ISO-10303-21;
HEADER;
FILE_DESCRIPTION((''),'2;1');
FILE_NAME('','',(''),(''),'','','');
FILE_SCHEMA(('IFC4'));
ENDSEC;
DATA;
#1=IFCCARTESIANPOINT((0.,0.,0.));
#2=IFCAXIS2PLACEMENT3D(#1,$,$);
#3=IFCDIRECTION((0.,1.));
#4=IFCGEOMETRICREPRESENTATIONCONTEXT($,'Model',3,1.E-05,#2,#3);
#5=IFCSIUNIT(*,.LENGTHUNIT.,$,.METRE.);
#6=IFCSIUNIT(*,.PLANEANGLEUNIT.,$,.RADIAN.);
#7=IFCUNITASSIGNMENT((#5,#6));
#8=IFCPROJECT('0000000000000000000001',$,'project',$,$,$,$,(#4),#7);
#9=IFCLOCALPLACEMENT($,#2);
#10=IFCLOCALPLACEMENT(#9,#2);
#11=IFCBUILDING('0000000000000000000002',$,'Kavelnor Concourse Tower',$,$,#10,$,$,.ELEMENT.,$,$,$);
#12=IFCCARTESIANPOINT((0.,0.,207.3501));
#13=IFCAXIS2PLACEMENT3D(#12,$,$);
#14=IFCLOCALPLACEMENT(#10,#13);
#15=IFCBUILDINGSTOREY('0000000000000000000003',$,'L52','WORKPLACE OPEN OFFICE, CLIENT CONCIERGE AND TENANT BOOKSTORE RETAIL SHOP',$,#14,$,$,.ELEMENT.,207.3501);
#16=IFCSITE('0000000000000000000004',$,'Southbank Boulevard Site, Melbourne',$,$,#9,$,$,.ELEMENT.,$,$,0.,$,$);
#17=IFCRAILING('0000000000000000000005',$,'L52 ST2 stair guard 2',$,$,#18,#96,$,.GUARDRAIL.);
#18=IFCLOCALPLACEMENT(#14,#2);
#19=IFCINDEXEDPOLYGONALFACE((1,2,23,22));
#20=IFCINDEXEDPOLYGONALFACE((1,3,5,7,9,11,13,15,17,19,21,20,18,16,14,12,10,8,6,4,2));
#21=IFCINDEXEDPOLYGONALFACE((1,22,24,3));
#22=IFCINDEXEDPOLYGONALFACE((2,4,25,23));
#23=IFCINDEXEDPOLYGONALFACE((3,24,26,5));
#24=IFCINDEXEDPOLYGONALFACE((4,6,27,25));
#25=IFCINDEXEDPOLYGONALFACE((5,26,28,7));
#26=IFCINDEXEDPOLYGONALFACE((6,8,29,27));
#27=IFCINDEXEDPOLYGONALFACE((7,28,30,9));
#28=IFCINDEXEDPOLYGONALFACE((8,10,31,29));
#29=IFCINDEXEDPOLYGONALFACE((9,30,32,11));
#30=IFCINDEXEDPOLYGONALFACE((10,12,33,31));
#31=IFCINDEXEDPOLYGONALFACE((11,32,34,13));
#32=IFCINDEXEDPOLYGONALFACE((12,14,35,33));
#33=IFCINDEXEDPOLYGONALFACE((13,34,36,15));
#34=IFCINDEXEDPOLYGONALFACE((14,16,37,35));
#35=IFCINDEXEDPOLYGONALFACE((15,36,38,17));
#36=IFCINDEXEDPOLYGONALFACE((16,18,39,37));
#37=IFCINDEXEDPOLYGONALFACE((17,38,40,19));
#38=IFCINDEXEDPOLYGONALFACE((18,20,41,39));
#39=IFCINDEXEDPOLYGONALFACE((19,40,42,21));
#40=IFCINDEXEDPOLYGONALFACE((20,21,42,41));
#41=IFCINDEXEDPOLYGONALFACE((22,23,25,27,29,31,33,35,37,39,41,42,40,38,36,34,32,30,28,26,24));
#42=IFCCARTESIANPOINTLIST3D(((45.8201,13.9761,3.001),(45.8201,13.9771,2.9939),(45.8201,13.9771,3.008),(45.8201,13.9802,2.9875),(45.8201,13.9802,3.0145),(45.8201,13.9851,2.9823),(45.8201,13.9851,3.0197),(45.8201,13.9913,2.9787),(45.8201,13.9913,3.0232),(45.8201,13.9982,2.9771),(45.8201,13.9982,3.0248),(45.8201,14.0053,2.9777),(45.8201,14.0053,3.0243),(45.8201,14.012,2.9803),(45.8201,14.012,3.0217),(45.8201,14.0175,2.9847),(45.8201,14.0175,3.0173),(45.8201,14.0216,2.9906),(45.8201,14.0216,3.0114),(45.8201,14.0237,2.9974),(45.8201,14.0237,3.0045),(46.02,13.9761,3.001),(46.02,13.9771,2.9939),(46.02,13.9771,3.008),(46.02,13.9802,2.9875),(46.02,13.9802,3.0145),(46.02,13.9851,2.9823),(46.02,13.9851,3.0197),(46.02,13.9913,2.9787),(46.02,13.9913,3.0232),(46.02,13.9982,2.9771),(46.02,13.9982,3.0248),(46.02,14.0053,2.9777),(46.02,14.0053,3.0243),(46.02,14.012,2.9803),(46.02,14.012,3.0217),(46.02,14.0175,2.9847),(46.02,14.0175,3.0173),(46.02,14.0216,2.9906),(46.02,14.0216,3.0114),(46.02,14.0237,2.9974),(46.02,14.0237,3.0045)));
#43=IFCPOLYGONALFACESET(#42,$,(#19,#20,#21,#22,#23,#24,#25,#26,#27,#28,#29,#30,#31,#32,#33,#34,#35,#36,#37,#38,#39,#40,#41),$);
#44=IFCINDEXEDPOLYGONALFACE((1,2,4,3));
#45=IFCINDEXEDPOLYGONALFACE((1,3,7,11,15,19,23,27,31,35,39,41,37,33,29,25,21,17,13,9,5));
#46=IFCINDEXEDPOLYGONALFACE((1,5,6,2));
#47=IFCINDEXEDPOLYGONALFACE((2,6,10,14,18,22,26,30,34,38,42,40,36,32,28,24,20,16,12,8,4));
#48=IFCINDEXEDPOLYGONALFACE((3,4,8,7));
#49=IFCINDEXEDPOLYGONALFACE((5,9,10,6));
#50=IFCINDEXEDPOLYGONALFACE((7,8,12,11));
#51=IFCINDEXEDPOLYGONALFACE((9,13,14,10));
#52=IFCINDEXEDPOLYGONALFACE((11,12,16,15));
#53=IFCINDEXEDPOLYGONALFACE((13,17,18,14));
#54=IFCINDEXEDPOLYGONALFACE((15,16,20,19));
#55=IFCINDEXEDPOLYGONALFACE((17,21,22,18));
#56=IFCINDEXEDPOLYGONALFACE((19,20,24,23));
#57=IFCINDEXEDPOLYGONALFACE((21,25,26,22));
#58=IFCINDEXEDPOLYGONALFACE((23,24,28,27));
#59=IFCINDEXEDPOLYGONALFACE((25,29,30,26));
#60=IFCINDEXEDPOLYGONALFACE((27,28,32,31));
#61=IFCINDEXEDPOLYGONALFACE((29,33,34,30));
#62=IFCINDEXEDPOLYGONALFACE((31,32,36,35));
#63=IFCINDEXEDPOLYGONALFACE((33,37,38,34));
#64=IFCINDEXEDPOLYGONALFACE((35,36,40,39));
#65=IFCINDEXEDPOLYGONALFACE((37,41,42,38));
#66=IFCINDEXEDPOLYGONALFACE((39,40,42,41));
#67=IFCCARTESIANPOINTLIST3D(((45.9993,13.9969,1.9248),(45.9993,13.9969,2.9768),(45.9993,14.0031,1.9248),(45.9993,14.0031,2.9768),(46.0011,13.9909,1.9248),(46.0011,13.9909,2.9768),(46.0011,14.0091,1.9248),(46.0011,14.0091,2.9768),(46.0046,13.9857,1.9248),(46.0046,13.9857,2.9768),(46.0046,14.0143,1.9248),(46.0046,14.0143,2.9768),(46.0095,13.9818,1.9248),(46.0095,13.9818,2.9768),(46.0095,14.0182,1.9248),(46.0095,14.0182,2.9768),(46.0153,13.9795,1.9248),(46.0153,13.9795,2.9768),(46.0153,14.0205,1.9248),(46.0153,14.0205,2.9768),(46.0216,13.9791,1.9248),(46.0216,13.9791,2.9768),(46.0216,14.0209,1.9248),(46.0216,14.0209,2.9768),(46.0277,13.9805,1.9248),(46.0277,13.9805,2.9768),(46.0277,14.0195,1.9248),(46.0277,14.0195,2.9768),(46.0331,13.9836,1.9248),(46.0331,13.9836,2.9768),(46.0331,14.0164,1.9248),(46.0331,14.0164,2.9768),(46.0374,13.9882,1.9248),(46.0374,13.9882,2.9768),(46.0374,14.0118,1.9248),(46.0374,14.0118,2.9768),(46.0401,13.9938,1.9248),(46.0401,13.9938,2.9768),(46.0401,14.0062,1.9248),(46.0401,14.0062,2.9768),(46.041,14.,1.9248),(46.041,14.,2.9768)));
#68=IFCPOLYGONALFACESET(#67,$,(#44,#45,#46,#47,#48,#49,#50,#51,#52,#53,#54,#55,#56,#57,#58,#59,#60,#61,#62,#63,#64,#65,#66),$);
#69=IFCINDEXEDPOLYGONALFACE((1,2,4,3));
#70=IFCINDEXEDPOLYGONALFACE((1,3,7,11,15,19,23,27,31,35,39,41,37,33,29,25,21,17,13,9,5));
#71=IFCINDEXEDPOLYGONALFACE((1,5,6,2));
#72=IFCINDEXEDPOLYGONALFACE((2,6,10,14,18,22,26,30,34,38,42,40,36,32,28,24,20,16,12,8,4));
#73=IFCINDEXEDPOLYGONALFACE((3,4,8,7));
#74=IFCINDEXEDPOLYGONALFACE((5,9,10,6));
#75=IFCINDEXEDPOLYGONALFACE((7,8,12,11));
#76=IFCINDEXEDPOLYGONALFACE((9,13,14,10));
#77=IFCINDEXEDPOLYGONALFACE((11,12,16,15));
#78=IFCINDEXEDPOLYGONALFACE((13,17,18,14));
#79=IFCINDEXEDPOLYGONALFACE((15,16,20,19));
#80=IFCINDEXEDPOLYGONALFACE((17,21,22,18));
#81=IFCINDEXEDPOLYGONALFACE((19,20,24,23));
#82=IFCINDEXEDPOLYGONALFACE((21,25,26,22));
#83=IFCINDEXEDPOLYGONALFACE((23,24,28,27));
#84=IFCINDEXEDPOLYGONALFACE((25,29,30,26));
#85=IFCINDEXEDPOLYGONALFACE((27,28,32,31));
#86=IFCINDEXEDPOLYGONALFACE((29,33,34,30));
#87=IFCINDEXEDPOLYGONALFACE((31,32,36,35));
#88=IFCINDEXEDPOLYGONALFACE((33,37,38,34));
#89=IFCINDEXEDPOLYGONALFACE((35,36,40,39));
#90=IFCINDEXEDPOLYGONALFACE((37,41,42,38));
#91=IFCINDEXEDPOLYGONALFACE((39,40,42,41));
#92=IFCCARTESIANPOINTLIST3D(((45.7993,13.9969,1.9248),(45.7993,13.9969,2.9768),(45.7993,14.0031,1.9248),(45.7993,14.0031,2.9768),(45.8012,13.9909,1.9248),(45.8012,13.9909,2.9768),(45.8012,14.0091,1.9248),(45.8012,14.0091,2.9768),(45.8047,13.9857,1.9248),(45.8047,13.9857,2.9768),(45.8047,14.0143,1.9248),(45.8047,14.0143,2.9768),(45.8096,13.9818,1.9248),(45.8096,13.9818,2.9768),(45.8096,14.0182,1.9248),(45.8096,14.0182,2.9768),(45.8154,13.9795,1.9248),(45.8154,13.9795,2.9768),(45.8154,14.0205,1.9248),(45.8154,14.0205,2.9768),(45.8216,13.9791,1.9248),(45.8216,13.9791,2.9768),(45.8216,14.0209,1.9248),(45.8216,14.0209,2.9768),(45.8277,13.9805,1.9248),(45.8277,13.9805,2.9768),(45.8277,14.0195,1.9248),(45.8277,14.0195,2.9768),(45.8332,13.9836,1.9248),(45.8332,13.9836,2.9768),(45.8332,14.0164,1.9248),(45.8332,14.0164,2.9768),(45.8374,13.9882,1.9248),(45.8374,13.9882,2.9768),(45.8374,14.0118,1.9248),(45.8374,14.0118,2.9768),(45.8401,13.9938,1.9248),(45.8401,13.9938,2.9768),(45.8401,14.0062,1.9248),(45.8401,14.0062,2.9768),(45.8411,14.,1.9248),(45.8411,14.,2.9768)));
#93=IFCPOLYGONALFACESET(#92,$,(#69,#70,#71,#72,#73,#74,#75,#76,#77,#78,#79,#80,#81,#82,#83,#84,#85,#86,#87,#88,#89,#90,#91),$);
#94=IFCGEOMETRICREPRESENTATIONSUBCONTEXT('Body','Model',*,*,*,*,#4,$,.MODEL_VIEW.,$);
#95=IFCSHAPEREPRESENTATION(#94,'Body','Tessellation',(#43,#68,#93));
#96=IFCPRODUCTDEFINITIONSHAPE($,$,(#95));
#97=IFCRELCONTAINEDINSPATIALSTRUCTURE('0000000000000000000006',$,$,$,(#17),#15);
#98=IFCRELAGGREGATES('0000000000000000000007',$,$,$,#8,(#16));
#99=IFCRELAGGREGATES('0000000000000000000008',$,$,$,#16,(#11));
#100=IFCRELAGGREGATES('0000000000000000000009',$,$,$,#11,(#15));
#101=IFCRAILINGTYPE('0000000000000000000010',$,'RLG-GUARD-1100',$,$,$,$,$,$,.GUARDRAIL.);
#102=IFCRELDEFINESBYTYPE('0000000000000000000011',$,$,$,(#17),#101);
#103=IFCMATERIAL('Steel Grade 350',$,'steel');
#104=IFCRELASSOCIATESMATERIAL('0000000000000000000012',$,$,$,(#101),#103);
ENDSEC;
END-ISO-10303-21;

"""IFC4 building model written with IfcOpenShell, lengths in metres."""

from ifc_helpers import new_model, si_unit, direction, frame, origin, origin_2d, place, context, subcontext, project, spatial, circle, extrude, material, type_object, element, save


model = new_model("IFC4")

# Units and contexts
model_context = context("Model", 3, precision=1e-05, world=origin(), true_north=direction((0.0, 1.0)))
body_context = subcontext(model_context, "Body", "Model", "MODEL_VIEW")
ifc_project = project(units=[si_unit("LENGTHUNIT", "METRE"), si_unit("PLANEANGLEUNIT", "RADIAN")], contexts=[model_context])

# Site, building, storey
site_placement = place(None, origin())
site = spatial("IfcSite", under=ifc_project, at=site_placement, Name="Southbank Boulevard Site, Melbourne", CompositionType="ELEMENT", RefElevation=0.0)
building_placement = place(site_placement, origin())
building = spatial("IfcBuilding", under=site, at=building_placement, Name="Kavelnor Concourse Tower", CompositionType="ELEMENT")
storey_placement = place(building_placement, frame((0.0, 0.0, 207.3501)))
storey = spatial("IfcBuildingStorey", under=building, at=storey_placement, Name="L52", Description="WORKPLACE OPEN OFFICE, CLIENT CONCIERGE AND TENANT BOOKSTORE RETAIL SHOP", CompositionType="ELEMENT", Elevation=207.3501)

# Shared definitions
ifc_material_1 = material(Name="Steel Grade 350", Category="steel")

# Railing
railing_type_1 = type_object("IfcRailingType", Name="RLG-GUARD-1100", PredefinedType="GUARDRAIL", material=ifc_material_1)
railing_1_placement = place(storey_placement, frame((46.02, 14.0, 1.9248)))
element("IfcRailing", 1, at=railing_1_placement, inside=storey, type_object=railing_type_1, Name="L52 ST2 stair guard 2", PredefinedType="GUARDRAIL", context=body_context, shape_type="SweptSolid", body=[
    extrude(circle(Radius=0.0239, at=origin_2d()), frame((0.0, 0.0, 1.0762), z_axis=(-1.0, 0.0, 0.0), x_axis=(0.0, -1.0, 0.0)), (0.0, 0.0, 1.0), 0.2),
    extrude(circle(Radius=0.021, at=origin_2d()), origin(), (0.0, 0.0, 1.0), 1.052),
    extrude(circle(Radius=0.021, at=origin_2d()), frame((-0.2, 0.0, 0.0)), (0.0, 0.0, 1.0), 1.052),
])

save(model, "model.ifc")
